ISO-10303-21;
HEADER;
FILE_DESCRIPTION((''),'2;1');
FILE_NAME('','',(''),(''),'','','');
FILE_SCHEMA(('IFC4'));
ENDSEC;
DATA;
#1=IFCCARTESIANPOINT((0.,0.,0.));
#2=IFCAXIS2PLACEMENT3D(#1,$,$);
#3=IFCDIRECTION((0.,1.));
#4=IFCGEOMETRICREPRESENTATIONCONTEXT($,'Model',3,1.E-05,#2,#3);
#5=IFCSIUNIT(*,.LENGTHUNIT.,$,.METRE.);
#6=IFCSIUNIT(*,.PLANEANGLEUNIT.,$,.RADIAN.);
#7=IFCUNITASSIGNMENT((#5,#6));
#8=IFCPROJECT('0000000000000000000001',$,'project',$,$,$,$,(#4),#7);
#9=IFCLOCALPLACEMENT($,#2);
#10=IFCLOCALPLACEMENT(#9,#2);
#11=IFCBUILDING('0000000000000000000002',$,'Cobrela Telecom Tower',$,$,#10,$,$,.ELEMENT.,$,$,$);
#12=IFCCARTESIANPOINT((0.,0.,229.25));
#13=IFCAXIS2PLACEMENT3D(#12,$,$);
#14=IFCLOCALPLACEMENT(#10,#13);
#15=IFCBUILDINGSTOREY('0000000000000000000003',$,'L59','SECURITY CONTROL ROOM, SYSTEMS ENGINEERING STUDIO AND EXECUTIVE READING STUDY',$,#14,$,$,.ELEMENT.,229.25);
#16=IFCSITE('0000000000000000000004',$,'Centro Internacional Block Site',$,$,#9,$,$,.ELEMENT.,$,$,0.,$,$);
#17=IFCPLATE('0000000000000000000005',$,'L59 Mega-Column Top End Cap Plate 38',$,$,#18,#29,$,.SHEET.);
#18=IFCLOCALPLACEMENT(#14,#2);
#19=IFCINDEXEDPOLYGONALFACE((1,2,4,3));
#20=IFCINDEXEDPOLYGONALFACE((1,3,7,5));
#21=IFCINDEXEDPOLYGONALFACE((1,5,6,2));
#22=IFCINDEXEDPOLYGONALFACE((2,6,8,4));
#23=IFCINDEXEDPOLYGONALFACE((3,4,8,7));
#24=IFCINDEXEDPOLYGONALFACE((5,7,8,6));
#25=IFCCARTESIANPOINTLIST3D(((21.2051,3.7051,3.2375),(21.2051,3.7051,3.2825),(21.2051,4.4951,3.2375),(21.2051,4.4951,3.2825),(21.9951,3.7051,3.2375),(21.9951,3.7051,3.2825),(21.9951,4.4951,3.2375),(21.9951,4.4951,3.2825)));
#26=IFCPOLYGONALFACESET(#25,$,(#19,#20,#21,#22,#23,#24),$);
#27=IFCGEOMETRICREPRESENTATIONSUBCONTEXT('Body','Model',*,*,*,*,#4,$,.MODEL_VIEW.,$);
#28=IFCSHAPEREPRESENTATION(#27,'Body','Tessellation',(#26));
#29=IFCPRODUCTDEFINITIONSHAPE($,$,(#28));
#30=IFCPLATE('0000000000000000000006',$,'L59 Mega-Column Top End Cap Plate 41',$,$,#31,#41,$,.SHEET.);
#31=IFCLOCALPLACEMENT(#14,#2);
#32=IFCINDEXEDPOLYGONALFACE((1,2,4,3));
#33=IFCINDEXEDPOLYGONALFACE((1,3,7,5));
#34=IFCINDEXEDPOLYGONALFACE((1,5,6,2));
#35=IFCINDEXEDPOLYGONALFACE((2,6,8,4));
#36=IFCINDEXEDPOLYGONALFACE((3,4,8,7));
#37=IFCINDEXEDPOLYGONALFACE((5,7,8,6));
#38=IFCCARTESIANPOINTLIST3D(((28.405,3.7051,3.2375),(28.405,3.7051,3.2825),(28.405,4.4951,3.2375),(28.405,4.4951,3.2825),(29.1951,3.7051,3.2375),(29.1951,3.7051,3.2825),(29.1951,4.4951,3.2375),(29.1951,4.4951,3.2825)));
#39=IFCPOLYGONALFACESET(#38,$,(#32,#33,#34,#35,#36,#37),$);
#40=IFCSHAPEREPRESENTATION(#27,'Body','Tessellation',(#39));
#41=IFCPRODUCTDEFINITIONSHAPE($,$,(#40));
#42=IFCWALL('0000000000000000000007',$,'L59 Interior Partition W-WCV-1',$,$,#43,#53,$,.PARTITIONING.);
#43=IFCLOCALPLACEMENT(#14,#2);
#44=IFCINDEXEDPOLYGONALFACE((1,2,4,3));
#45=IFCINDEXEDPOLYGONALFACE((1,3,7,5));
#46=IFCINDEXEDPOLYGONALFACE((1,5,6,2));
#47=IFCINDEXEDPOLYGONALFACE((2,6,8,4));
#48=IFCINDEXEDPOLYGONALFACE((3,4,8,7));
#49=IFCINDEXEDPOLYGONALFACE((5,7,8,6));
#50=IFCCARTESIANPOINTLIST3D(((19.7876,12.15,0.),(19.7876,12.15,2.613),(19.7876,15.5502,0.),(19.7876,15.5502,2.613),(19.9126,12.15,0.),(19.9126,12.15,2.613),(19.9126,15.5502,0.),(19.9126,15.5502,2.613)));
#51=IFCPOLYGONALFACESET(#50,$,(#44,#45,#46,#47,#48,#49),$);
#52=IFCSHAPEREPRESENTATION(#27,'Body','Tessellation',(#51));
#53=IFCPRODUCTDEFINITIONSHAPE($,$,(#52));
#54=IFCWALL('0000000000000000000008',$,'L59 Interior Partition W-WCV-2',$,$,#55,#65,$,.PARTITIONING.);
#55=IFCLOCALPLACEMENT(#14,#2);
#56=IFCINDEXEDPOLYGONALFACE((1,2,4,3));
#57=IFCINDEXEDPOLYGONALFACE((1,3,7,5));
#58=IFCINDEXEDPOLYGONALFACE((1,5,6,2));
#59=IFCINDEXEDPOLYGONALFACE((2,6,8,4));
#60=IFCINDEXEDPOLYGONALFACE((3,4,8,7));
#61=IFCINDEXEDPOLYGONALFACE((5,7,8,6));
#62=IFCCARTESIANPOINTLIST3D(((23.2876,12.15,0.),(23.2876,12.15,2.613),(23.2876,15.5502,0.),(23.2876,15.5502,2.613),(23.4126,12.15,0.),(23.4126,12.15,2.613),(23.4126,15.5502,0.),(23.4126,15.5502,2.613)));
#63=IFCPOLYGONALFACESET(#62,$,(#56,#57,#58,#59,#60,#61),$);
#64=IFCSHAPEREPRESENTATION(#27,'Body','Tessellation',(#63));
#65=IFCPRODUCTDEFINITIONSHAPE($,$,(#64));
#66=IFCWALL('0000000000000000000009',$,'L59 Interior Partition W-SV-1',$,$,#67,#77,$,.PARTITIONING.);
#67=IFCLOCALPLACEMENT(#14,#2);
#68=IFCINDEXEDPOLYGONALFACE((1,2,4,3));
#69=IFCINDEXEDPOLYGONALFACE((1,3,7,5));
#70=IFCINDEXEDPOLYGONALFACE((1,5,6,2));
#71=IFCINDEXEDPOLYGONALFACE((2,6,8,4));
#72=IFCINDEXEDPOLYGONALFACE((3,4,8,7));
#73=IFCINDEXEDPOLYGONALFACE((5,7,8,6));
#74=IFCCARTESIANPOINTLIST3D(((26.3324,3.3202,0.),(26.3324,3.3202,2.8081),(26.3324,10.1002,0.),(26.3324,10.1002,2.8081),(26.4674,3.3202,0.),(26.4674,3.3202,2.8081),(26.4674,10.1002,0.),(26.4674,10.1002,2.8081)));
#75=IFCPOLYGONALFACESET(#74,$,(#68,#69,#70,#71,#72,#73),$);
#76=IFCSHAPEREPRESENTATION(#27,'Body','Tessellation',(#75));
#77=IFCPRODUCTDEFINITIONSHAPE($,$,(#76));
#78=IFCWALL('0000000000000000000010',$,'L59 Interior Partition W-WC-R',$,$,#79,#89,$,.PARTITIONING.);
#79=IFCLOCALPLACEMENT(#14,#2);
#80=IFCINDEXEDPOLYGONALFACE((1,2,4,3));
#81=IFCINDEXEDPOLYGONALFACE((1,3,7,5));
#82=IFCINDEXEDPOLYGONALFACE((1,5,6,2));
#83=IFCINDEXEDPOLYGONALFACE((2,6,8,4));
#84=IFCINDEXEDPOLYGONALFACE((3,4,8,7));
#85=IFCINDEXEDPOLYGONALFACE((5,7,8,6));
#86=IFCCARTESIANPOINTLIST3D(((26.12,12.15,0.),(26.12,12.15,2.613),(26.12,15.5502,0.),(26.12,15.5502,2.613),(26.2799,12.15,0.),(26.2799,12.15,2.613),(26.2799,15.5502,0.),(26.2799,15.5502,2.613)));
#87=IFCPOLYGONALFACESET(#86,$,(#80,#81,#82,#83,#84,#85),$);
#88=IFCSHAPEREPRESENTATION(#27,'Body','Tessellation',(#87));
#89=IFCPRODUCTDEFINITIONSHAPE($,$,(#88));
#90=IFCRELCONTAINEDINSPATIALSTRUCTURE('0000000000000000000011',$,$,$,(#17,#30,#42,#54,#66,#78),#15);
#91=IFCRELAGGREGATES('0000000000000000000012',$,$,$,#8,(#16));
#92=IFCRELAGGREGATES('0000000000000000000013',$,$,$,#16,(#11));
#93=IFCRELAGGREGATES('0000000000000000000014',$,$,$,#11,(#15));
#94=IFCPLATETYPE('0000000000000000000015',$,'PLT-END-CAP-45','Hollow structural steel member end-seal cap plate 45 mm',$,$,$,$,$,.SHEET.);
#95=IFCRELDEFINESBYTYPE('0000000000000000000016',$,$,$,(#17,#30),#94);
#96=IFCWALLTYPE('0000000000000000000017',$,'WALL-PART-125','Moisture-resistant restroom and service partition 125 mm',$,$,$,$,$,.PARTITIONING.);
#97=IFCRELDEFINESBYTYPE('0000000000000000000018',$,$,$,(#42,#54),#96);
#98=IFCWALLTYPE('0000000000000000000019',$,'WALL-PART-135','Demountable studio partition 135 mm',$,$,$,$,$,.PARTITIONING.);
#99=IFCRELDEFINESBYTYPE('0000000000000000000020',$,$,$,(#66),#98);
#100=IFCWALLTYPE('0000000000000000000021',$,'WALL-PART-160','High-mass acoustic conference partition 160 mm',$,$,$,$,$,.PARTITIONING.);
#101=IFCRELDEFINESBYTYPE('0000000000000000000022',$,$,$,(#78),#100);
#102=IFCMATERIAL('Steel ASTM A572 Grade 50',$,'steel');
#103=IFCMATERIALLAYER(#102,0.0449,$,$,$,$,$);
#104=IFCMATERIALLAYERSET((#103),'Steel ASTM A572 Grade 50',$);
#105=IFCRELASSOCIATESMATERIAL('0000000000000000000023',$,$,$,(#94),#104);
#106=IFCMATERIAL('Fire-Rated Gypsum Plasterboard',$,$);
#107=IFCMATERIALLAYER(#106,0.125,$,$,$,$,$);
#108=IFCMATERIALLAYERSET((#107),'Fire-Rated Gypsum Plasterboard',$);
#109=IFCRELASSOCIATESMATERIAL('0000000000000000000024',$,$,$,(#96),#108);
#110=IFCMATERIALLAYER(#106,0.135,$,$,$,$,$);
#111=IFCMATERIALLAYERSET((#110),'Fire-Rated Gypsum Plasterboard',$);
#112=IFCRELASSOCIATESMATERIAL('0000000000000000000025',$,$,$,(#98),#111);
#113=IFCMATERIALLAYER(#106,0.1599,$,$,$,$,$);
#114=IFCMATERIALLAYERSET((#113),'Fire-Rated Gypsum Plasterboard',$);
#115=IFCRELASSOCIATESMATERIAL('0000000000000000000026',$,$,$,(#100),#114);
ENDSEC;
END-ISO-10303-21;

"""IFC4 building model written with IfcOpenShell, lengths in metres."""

from ifc_helpers import new_model, si_unit, direction, frame, frame_2d, origin, origin_2d, place, context, subcontext, project, spatial, rectangle, extrude, material, layer, layer_set, type_object, element, save


model = new_model("IFC4")

# Units and contexts
model_context = context("Model", 3, precision=1e-05, world=origin(), true_north=direction((0.0, 1.0)))
body_context = subcontext(model_context, "Body", "Model", "MODEL_VIEW")
ifc_project = project(units=[si_unit("LENGTHUNIT", "METRE"), si_unit("PLANEANGLEUNIT", "RADIAN")], contexts=[model_context])

# Site, building, storey
site_placement = place(None, origin())
site = spatial("IfcSite", under=ifc_project, at=site_placement, Name="Centro Internacional Block Site", CompositionType="ELEMENT", RefElevation=0.0)
building_placement = place(site_placement, origin())
building = spatial("IfcBuilding", under=site, at=building_placement, Name="Cobrela Telecom Tower", CompositionType="ELEMENT")
storey_placement = place(building_placement, frame((0.0, 0.0, 229.25)))
storey = spatial("IfcBuildingStorey", under=building, at=storey_placement, Name="L59", Description="SECURITY CONTROL ROOM, SYSTEMS ENGINEERING STUDIO AND EXECUTIVE READING STUDY", CompositionType="ELEMENT", Elevation=229.25)

# Shared definitions
ifc_material_1 = material(Name="Steel ASTM A572 Grade 50", Category="steel")

# Plates
ifc_layer_1 = layer(ifc_material_1, 0.0449)
ifc_layer_set_1 = layer_set([ifc_layer_1], Name="Steel ASTM A572 Grade 50")
plate_type_1 = type_object("IfcPlateType", Name="PLT-END-CAP-45", Description="Hollow structural steel member end-seal cap plate 45 mm", PredefinedType="SHEET", material=ifc_layer_set_1)
for number, where, z_axis, x_axis, name in (
    (1, (21.6001, 4.1001, 3.2375), (0.0, 0.0, 1.0), (1.0, 0.0, 0.0), "L59 Mega-Column Top End Cap Plate 38"),
    (2, (28.8, 4.1001, 3.2375), (0.0, 0.0, 1.0), (1.0, 0.0, 0.0), "L59 Mega-Column Top End Cap Plate 41"),
):
    element("IfcPlate", number, at=place(storey_placement, frame(where, z_axis=z_axis, x_axis=x_axis)), inside=storey, type_object=plate_type_1, Name=name, PredefinedType="SHEET", context=body_context, shape_type="SweptSolid", body=[
        extrude(rectangle(XDim=0.79, YDim=0.79, at=origin_2d()), origin(), (0.0, 0.0, 1.0), 0.0449),
    ])

# Walls
ifc_material_2 = material(Name="Fire-Rated Gypsum Plasterboard")
ifc_layer_2 = layer(ifc_material_2, 0.125)
ifc_layer_set_2 = layer_set([ifc_layer_2], Name="Fire-Rated Gypsum Plasterboard")
wall_type_1 = type_object("IfcWallType", Name="WALL-PART-125", Description="Moisture-resistant restroom and service partition 125 mm", PredefinedType="PARTITIONING", material=ifc_layer_set_2)
for number, where, z_axis, x_axis, name in (
    (3, (19.8501, 12.1499, 0.0), (0.0, 0.0, 1.0), (0.0, 1.0, 0.0), "L59 Interior Partition W-WCV-1"),
    (4, (23.3501, 12.1499, 0.0), (0.0, 0.0, 1.0), (0.0, 1.0, 0.0), "L59 Interior Partition W-WCV-2"),
):
    element("IfcWall", number, at=place(storey_placement, frame(where, z_axis=z_axis, x_axis=x_axis)), inside=storey, type_object=wall_type_1, Name=name, PredefinedType="PARTITIONING", context=body_context, shape_type="SweptSolid", body=[
        extrude(rectangle(XDim=3.4001, YDim=0.125, at=frame_2d((1.7002, 0.0))), origin(), (0.0, 0.0, 1.0), 2.613),
    ])
ifc_layer_3 = layer(ifc_material_2, 0.135)
ifc_layer_set_3 = layer_set([ifc_layer_3], Name="Fire-Rated Gypsum Plasterboard")
wall_type_2 = type_object("IfcWallType", Name="WALL-PART-135", Description="Demountable studio partition 135 mm", PredefinedType="PARTITIONING", material=ifc_layer_set_3)
wall_1_placement = place(storey_placement, frame((26.3999, 3.3201, 0.0), z_axis=(0.0, 0.0, 1.0), x_axis=(0.0, 1.0, 0.0)))
element("IfcWall", 5, at=wall_1_placement, inside=storey, type_object=wall_type_2, Name="L59 Interior Partition W-SV-1", PredefinedType="PARTITIONING", context=body_context, shape_type="SweptSolid", body=[
    extrude(rectangle(XDim=6.78, YDim=0.135, at=frame_2d((3.3901, 0.0))), origin(), (0.0, 0.0, 1.0), 2.8081),
])
ifc_layer_4 = layer(ifc_material_2, 0.1599)
ifc_layer_set_4 = layer_set([ifc_layer_4], Name="Fire-Rated Gypsum Plasterboard")
wall_type_3 = type_object("IfcWallType", Name="WALL-PART-160", Description="High-mass acoustic conference partition 160 mm", PredefinedType="PARTITIONING", material=ifc_layer_set_4)
wall_2_placement = place(storey_placement, frame((26.2, 12.1499, 0.0), z_axis=(0.0, 0.0, 1.0), x_axis=(0.0, 1.0, 0.0)))
element("IfcWall", 6, at=wall_2_placement, inside=storey, type_object=wall_type_3, Name="L59 Interior Partition W-WC-R", PredefinedType="PARTITIONING", context=body_context, shape_type="SweptSolid", body=[
    extrude(rectangle(XDim=3.4001, YDim=0.1599, at=frame_2d((1.7002, 0.0))), origin(), (0.0, 0.0, 1.0), 2.613),
])

save(model, "model.ifc")
